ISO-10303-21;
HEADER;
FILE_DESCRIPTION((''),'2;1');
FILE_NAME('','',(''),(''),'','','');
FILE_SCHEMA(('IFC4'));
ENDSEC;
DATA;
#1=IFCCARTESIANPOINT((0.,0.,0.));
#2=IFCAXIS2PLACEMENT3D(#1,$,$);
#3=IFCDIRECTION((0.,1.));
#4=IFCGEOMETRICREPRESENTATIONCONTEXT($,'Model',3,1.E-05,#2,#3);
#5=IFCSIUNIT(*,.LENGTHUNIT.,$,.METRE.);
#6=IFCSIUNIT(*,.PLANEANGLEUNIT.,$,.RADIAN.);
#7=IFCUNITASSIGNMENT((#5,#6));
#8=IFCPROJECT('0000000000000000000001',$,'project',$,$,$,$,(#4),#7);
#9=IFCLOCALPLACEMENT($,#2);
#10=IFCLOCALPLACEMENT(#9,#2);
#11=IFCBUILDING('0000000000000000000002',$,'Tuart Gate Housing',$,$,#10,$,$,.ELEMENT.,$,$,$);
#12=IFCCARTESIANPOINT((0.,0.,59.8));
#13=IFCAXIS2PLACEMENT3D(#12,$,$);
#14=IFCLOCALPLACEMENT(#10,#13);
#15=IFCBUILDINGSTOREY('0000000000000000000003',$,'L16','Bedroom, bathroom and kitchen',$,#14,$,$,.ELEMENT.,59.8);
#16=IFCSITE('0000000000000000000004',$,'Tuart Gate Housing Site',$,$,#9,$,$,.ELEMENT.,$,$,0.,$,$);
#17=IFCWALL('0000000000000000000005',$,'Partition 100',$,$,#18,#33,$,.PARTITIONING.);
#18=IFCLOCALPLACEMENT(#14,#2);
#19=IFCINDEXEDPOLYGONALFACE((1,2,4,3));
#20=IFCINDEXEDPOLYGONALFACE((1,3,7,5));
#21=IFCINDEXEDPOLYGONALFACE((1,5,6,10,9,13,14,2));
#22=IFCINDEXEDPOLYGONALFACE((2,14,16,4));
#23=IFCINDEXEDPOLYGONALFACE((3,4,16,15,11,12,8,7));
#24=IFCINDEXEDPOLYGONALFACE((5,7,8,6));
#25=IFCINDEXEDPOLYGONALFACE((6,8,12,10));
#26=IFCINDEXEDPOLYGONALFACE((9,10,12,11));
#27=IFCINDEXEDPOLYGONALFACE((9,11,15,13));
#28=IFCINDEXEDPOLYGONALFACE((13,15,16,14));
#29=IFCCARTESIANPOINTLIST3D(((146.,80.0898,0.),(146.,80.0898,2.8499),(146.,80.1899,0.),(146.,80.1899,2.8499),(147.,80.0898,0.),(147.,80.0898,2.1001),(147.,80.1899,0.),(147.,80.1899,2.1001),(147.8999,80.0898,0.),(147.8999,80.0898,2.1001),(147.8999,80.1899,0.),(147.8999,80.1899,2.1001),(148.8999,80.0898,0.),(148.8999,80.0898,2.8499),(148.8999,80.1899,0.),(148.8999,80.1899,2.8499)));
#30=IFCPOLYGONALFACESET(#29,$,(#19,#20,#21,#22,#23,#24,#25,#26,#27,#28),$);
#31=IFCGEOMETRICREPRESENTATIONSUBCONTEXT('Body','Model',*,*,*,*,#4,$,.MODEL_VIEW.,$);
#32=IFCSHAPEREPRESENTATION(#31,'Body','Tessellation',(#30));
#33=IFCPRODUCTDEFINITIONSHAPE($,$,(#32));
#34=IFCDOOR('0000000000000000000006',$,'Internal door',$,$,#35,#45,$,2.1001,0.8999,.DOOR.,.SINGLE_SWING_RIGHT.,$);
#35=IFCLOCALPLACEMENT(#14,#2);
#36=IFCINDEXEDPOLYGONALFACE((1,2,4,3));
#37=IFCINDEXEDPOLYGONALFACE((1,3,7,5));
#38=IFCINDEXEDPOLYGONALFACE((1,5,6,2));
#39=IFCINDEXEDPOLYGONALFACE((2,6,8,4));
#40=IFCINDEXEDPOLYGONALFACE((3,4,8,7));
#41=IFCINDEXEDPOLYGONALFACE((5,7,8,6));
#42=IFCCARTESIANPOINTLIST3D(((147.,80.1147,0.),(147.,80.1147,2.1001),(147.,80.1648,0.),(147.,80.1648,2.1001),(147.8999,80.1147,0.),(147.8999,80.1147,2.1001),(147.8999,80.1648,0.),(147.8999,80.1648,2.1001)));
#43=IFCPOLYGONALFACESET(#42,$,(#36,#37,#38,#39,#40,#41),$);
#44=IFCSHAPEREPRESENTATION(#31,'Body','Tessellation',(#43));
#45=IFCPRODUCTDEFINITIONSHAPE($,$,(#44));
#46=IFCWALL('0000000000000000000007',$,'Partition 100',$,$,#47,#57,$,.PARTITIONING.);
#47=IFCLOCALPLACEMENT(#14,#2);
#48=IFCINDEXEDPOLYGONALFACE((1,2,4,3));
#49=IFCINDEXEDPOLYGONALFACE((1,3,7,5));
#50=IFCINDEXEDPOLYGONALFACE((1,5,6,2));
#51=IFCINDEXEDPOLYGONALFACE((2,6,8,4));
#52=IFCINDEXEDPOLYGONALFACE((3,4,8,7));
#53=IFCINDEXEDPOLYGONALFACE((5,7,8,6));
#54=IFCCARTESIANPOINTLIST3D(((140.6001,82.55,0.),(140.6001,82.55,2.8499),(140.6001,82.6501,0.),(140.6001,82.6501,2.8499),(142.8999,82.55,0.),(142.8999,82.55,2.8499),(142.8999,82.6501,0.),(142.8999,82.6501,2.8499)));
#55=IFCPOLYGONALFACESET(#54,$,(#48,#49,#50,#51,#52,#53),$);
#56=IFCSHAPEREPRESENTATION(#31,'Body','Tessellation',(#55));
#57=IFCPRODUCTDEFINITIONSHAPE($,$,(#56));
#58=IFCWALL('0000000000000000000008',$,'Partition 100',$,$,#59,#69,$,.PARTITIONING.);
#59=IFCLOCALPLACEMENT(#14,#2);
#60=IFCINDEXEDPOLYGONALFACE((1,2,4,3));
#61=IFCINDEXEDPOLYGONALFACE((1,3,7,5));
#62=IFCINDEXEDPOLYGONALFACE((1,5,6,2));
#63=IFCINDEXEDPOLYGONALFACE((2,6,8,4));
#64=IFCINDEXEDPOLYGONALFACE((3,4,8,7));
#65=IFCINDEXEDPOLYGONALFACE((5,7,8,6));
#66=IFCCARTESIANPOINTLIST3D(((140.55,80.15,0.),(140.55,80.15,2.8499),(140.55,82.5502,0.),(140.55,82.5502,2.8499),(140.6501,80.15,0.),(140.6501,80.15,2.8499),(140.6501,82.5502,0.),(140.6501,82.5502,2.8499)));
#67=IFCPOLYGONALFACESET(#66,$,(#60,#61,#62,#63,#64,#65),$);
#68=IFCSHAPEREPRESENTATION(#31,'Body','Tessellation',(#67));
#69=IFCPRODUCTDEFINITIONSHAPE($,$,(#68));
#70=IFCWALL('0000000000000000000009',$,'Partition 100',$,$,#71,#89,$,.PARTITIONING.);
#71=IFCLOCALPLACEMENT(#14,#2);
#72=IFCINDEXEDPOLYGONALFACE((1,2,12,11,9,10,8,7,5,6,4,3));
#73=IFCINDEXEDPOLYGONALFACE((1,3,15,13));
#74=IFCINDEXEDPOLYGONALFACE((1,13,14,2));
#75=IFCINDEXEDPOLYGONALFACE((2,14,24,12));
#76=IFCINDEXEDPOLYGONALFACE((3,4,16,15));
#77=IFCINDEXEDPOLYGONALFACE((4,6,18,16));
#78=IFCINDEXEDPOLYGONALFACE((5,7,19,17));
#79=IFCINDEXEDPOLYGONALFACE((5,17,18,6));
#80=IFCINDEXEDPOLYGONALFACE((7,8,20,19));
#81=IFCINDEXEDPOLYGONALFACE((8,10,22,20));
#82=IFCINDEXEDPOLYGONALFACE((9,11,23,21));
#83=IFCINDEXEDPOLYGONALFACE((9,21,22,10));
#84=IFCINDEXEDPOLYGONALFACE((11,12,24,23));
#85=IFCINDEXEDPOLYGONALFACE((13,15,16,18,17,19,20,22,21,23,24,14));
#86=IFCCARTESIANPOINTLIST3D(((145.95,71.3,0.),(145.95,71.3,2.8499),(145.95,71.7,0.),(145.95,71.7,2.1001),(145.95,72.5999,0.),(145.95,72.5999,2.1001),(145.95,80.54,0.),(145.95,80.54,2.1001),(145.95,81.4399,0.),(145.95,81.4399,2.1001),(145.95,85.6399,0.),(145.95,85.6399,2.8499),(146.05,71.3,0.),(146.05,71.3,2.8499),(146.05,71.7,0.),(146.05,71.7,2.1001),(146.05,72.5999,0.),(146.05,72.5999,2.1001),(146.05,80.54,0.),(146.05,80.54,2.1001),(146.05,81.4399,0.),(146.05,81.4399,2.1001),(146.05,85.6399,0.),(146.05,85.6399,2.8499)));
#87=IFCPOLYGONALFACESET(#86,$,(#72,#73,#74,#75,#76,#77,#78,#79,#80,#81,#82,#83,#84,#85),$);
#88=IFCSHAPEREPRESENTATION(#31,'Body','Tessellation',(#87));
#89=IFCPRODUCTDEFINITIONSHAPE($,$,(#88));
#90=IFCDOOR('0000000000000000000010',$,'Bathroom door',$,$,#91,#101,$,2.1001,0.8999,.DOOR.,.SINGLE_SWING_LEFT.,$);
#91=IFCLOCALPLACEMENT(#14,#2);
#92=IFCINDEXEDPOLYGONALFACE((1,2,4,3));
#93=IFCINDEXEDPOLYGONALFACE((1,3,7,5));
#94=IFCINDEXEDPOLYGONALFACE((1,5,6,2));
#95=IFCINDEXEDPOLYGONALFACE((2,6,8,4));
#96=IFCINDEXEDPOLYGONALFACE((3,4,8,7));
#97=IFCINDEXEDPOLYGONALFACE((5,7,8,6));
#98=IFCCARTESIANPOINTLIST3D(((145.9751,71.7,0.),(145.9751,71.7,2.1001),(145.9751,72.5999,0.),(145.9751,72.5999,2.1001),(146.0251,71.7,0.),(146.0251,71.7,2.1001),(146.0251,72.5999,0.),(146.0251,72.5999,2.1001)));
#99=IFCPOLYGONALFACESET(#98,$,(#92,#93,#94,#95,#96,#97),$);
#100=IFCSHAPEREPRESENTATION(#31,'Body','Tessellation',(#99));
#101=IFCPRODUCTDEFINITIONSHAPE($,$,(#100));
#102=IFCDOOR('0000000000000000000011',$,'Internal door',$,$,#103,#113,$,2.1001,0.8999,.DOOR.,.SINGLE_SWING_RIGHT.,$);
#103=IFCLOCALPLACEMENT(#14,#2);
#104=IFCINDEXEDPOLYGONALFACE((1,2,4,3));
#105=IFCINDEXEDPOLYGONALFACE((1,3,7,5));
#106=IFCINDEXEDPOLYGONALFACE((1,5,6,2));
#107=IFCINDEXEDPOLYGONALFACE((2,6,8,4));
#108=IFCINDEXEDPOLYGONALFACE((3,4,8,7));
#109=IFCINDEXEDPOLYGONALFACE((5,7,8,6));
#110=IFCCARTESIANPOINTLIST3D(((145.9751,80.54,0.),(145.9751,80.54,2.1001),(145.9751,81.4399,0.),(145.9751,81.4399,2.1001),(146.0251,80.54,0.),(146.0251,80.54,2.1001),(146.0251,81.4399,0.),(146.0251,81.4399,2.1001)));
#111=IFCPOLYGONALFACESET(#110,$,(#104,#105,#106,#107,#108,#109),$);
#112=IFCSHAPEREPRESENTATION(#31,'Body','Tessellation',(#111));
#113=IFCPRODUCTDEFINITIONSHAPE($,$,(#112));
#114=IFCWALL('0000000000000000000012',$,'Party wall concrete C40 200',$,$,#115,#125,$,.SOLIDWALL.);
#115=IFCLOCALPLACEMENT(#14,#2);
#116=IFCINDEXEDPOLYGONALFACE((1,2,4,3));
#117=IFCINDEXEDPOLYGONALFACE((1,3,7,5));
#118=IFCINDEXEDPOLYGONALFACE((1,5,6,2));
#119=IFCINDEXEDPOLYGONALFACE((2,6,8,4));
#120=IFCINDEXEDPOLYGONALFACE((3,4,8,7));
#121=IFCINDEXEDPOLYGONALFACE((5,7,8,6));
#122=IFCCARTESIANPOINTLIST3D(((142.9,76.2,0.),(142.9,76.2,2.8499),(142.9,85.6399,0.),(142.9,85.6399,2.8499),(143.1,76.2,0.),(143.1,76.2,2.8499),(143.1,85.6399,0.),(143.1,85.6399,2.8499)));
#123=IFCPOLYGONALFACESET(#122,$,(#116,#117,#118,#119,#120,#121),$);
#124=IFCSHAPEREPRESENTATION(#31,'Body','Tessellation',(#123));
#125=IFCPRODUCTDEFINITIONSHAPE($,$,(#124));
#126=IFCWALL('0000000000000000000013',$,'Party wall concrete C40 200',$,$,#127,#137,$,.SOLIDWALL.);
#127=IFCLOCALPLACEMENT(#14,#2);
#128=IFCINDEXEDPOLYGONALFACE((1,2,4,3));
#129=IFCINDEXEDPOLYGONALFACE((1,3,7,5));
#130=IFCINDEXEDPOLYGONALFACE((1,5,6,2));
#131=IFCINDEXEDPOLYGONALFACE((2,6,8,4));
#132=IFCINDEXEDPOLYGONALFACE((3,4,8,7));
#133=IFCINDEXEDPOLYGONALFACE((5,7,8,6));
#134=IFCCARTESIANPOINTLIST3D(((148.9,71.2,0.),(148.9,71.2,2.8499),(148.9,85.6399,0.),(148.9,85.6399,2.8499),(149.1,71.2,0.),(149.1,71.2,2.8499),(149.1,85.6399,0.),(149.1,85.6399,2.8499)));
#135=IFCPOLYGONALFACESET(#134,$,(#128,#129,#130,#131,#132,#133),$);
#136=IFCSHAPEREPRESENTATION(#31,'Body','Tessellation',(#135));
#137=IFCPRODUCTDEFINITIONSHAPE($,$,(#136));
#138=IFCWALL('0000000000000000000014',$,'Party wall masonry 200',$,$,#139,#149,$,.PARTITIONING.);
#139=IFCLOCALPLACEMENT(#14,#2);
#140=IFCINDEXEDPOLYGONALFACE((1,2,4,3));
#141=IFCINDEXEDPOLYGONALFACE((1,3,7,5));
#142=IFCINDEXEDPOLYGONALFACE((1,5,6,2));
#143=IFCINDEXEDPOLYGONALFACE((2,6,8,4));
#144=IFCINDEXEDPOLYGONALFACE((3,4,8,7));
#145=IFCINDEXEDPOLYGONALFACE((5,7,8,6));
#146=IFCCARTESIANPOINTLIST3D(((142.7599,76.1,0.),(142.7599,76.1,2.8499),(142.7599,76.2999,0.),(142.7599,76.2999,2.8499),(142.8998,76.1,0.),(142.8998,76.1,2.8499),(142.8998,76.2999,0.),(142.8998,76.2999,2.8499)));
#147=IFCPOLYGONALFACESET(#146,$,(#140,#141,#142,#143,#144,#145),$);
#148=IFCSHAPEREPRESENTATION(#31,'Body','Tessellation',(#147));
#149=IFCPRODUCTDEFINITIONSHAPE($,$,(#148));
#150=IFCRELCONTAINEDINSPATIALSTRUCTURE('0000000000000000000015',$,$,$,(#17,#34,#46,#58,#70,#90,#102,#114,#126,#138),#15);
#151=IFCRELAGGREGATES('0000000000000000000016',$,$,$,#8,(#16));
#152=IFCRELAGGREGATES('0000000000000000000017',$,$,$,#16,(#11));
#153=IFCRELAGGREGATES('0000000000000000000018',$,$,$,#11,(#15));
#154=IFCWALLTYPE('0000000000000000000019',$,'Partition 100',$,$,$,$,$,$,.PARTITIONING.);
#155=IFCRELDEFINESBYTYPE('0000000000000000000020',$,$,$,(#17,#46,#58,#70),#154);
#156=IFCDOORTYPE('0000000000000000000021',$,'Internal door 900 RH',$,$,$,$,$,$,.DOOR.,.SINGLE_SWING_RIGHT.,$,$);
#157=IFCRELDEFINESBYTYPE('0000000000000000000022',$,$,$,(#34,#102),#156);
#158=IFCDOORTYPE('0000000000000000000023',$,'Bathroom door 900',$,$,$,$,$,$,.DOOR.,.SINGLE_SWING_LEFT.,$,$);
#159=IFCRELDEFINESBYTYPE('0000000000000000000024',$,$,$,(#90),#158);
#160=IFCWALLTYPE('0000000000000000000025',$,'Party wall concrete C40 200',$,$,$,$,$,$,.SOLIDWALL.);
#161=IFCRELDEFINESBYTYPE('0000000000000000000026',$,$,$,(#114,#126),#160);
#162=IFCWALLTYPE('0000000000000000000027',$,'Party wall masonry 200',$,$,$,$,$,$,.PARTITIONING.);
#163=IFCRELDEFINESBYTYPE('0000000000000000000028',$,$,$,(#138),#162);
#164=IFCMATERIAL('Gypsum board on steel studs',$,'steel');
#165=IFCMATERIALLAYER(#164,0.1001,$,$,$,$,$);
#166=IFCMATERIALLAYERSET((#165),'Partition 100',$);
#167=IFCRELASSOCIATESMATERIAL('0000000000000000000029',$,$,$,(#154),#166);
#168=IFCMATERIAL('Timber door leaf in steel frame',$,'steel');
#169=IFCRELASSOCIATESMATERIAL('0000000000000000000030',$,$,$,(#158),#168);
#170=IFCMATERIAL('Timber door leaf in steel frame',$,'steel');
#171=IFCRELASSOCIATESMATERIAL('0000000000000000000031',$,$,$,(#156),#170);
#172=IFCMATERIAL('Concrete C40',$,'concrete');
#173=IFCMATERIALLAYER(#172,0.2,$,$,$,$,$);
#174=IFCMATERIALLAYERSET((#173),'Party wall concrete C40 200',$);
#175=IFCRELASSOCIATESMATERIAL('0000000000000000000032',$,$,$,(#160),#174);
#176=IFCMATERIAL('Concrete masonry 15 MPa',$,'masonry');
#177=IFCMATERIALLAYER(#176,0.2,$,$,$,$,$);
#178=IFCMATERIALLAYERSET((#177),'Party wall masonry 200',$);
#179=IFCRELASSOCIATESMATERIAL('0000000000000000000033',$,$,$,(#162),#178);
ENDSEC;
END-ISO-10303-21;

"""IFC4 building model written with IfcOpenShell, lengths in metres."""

from ifc_helpers import new_model, si_unit, direction, frame, frame_2d, origin, place, context, subcontext, project, spatial, rectangle, extrude, material, layer, layer_set, type_object, element, fill, save


model = new_model("IFC4")

# Units and contexts
model_context = context("Model", 3, precision=1e-05, world=origin(), true_north=direction((0.0, 1.0)))
body_context = subcontext(model_context, "Body", "Model", "MODEL_VIEW")
ifc_project = project(units=[si_unit("LENGTHUNIT", "METRE"), si_unit("PLANEANGLEUNIT", "RADIAN")], contexts=[model_context])

# Site, building, storey
site_placement = place(None, origin())
site = spatial("IfcSite", under=ifc_project, at=site_placement, Name="Tuart Gate Housing Site", CompositionType="ELEMENT", RefElevation=0.0)
building_placement = place(site_placement, origin())
building = spatial("IfcBuilding", under=site, at=building_placement, Name="Tuart Gate Housing", CompositionType="ELEMENT")
storey_placement = place(building_placement, frame((0.0, 0.0, 59.8)))
storey = spatial("IfcBuildingStorey", under=building, at=storey_placement, Name="L16", Description="Bedroom, bathroom and kitchen", CompositionType="ELEMENT", Elevation=59.8)

# Shared definitions
ifc_material_1 = material(Name="Gypsum board on steel studs", Category="steel")
ifc_layer_1 = layer(ifc_material_1, 0.1001)
ifc_layer_set_1 = layer_set([ifc_layer_1], Name="Partition 100")
wall_type_1 = type_object("IfcWallType", Name="Partition 100", PredefinedType="PARTITIONING", material=ifc_layer_set_1)

# Shared definitions
ifc_material_2 = material(Name="Timber door leaf in steel frame", Category="steel")
door_type_1 = type_object("IfcDoorType", Name="Bathroom door 900", OperationType="SINGLE_SWING_LEFT", PredefinedType="DOOR", material=ifc_material_2)
ifc_material_3 = material(Name="Timber door leaf in steel frame", Category="steel")
door_type_2 = type_object("IfcDoorType", Name="Internal door 900 RH", OperationType="SINGLE_SWING_RIGHT", PredefinedType="DOOR", material=ifc_material_3)

# Wall, opening, door
wall_1_placement = place(storey_placement, frame((146.0, 80.1399, 0.0), z_axis=(0.0, 0.0, 1.0), x_axis=(1.0, 0.0, 0.0)))
wall_1 = element("IfcWall", 1, at=wall_1_placement, inside=storey, type_object=wall_type_1, Name="Partition 100", PredefinedType="PARTITIONING", context=body_context, shape_type="SweptSolid", body=[
    extrude(rectangle(XDim=2.8999, YDim=0.1001, at=frame_2d((1.45, 0.0))), origin(), (0.0, 0.0, 1.0), 2.8499),
])
opening_1_placement = place(wall_1_placement, frame((1.0, 0.0, 0.0)))
opening_1 = element("IfcOpeningElement", 2, at=opening_1_placement, cuts=wall_1, PredefinedType="OPENING", context=body_context, shape_type="SweptSolid", body=[
    extrude(rectangle(XDim=0.8999, YDim=2.1001, at=frame_2d((0.45, 1.05))), frame((0.0, 0.0601, 0.0), z_axis=(0.0, -1.0, 0.0), x_axis=(1.0, 0.0, 0.0)), (0.0, 0.0, 1.0), 0.1201),
])
door_1_placement = place(opening_1_placement, frame((0.8999, 0.0, 0.0), z_axis=(0.0, 0.0, 1.0), x_axis=(-1.0, 0.0, 0.0)))
door_1 = element("IfcDoor", 3, at=door_1_placement, inside=storey, type_object=door_type_2, Name="Internal door", OperationType="SINGLE_SWING_RIGHT", OverallHeight=2.1001, OverallWidth=0.8999, PredefinedType="DOOR", context=body_context, shape_type="SweptSolid", body=[
    extrude(rectangle(XDim=0.8999, YDim=2.1001, at=frame_2d((0.45, 1.05))), frame((0.0, 0.0251, 0.0), z_axis=(0.0, -1.0, 0.0), x_axis=(1.0, 0.0, 0.0)), (0.0, 0.0, 1.0), 0.05),
])
fill(opening_1, door_1)

# Walls
wall_2_placement = place(storey_placement, frame((140.6001, 82.6001, 0.0), z_axis=(0.0, 0.0, 1.0), x_axis=(1.0, 0.0, 0.0)))
element("IfcWall", 4, at=wall_2_placement, inside=storey, type_object=wall_type_1, Name="Partition 100", PredefinedType="PARTITIONING", context=body_context, shape_type="SweptSolid", body=[
    extrude(rectangle(XDim=2.2998, YDim=0.1001, at=frame_2d((1.1499, 0.0))), origin(), (0.0, 0.0, 1.0), 2.8499),
])
wall_3_placement = place(storey_placement, frame((140.6001, 80.1499, 0.0), z_axis=(0.0, 0.0, 1.0), x_axis=(0.0, 1.0, 0.0)))
element("IfcWall", 5, at=wall_3_placement, inside=storey, type_object=wall_type_1, Name="Partition 100", PredefinedType="PARTITIONING", context=body_context, shape_type="SweptSolid", body=[
    extrude(rectangle(XDim=2.4001, YDim=0.1001, at=frame_2d((1.2002, 0.0))), origin(), (0.0, 0.0, 1.0), 2.8499),
])

# Wall, openings, doors
wall_4_placement = place(storey_placement, frame((146.0, 71.3, 0.0), z_axis=(0.0, 0.0, 1.0), x_axis=(0.0, 1.0, 0.0)))
wall_4 = element("IfcWall", 6, at=wall_4_placement, inside=storey, type_object=wall_type_1, Name="Partition 100", PredefinedType="PARTITIONING", context=body_context, shape_type="SweptSolid", body=[
    extrude(rectangle(XDim=14.3398, YDim=0.1001, at=frame_2d((7.1699, 0.0))), origin(), (0.0, 0.0, 1.0), 2.8499),
])
opening_2_placement = place(wall_4_placement, frame((9.24, 0.0, 0.0)))
opening_2 = element("IfcOpeningElement", 7, at=opening_2_placement, cuts=wall_4, PredefinedType="OPENING", context=body_context, shape_type="SweptSolid", body=[
    extrude(rectangle(XDim=0.8999, YDim=2.1001, at=frame_2d((0.45, 1.05))), frame((0.0, 0.0601, 0.0), z_axis=(0.0, -1.0, 0.0), x_axis=(1.0, 0.0, 0.0)), (0.0, 0.0, 1.0), 0.1201),
])
opening_3_placement = place(wall_4_placement, frame((0.3999, 0.0, 0.0)))
opening_3 = element("IfcOpeningElement", 8, at=opening_3_placement, cuts=wall_4, PredefinedType="OPENING", context=body_context, shape_type="SweptSolid", body=[
    extrude(rectangle(XDim=0.8999, YDim=2.1001, at=frame_2d((0.45, 1.05))), frame((0.0, 0.0601, 0.0), z_axis=(0.0, -1.0, 0.0), x_axis=(1.0, 0.0, 0.0)), (0.0, 0.0, 1.0), 0.1201),
])
door_2_placement = place(opening_3_placement, origin())
door_2 = element("IfcDoor", 9, at=door_2_placement, inside=storey, type_object=door_type_1, Name="Bathroom door", OperationType="SINGLE_SWING_LEFT", OverallHeight=2.1001, OverallWidth=0.8999, PredefinedType="DOOR", context=body_context, shape_type="SweptSolid", body=[
    extrude(rectangle(XDim=0.8999, YDim=2.1001, at=frame_2d((0.45, 1.05))), frame((0.0, 0.0249, 0.0), z_axis=(0.0, -1.0, 0.0), x_axis=(1.0, 0.0, 0.0)), (0.0, 0.0, 1.0), 0.05),
])
fill(opening_3, door_2)
door_3_placement = place(opening_2_placement, origin())
door_3 = element("IfcDoor", 10, at=door_3_placement, inside=storey, type_object=door_type_2, Name="Internal door", OperationType="SINGLE_SWING_RIGHT", OverallHeight=2.1001, OverallWidth=0.8999, PredefinedType="DOOR", context=body_context, shape_type="SweptSolid", body=[
    extrude(rectangle(XDim=0.8999, YDim=2.1001, at=frame_2d((0.45, 1.05))), frame((0.0, 0.0249, 0.0), z_axis=(0.0, -1.0, 0.0), x_axis=(1.0, 0.0, 0.0)), (0.0, 0.0, 1.0), 0.05),
])
fill(opening_2, door_3)

# Walls
ifc_material_4 = material(Name="Concrete C40", Category="concrete")
ifc_layer_2 = layer(ifc_material_4, 0.2)
ifc_layer_set_2 = layer_set([ifc_layer_2], Name="Party wall concrete C40 200")
wall_type_2 = type_object("IfcWallType", Name="Party wall concrete C40 200", PredefinedType="SOLIDWALL", material=ifc_layer_set_2)
wall_5_placement = place(storey_placement, frame((143.0, 76.2, 0.0), z_axis=(0.0, 0.0, 1.0), x_axis=(0.0, 1.0, 0.0)))
element("IfcWall", 11, at=wall_5_placement, inside=storey, type_object=wall_type_2, Name="Party wall concrete C40 200", PredefinedType="SOLIDWALL", context=body_context, shape_type="SweptSolid", body=[
    extrude(rectangle(XDim=9.4399, YDim=0.2, at=frame_2d((4.72, 0.0))), origin(), (0.0, 0.0, 1.0), 2.8499),
])
wall_6_placement = place(storey_placement, frame((149.0, 71.2, 0.0), z_axis=(0.0, 0.0, 1.0), x_axis=(0.0, 1.0, 0.0)))
element("IfcWall", 12, at=wall_6_placement, inside=storey, type_object=wall_type_2, Name="Party wall concrete C40 200", PredefinedType="SOLIDWALL", context=body_context, shape_type="SweptSolid", body=[
    extrude(rectangle(XDim=14.4399, YDim=0.2, at=frame_2d((7.22, 0.0))), origin(), (0.0, 0.0, 1.0), 2.8499),
])
ifc_material_5 = material(Name="Concrete masonry 15 MPa", Category="masonry")
ifc_layer_3 = layer(ifc_material_5, 0.2)
ifc_layer_set_3 = layer_set([ifc_layer_3], Name="Party wall masonry 200")
wall_type_3 = type_object("IfcWallType", Name="Party wall masonry 200", PredefinedType="PARTITIONING", material=ifc_layer_set_3)
wall_7_placement = place(storey_placement, frame((142.76, 76.2, 0.0), z_axis=(0.0, 0.0, 1.0), x_axis=(1.0, 0.0, 0.0)))
element("IfcWall", 13, at=wall_7_placement, inside=storey, type_object=wall_type_3, Name="Party wall masonry 200", PredefinedType="PARTITIONING", context=body_context, shape_type="SweptSolid", body=[
    extrude(rectangle(XDim=0.1399, YDim=0.2, at=frame_2d((0.0698, 0.0))), origin(), (0.0, 0.0, 1.0), 2.8499),
])

save(model, "model.ifc")
